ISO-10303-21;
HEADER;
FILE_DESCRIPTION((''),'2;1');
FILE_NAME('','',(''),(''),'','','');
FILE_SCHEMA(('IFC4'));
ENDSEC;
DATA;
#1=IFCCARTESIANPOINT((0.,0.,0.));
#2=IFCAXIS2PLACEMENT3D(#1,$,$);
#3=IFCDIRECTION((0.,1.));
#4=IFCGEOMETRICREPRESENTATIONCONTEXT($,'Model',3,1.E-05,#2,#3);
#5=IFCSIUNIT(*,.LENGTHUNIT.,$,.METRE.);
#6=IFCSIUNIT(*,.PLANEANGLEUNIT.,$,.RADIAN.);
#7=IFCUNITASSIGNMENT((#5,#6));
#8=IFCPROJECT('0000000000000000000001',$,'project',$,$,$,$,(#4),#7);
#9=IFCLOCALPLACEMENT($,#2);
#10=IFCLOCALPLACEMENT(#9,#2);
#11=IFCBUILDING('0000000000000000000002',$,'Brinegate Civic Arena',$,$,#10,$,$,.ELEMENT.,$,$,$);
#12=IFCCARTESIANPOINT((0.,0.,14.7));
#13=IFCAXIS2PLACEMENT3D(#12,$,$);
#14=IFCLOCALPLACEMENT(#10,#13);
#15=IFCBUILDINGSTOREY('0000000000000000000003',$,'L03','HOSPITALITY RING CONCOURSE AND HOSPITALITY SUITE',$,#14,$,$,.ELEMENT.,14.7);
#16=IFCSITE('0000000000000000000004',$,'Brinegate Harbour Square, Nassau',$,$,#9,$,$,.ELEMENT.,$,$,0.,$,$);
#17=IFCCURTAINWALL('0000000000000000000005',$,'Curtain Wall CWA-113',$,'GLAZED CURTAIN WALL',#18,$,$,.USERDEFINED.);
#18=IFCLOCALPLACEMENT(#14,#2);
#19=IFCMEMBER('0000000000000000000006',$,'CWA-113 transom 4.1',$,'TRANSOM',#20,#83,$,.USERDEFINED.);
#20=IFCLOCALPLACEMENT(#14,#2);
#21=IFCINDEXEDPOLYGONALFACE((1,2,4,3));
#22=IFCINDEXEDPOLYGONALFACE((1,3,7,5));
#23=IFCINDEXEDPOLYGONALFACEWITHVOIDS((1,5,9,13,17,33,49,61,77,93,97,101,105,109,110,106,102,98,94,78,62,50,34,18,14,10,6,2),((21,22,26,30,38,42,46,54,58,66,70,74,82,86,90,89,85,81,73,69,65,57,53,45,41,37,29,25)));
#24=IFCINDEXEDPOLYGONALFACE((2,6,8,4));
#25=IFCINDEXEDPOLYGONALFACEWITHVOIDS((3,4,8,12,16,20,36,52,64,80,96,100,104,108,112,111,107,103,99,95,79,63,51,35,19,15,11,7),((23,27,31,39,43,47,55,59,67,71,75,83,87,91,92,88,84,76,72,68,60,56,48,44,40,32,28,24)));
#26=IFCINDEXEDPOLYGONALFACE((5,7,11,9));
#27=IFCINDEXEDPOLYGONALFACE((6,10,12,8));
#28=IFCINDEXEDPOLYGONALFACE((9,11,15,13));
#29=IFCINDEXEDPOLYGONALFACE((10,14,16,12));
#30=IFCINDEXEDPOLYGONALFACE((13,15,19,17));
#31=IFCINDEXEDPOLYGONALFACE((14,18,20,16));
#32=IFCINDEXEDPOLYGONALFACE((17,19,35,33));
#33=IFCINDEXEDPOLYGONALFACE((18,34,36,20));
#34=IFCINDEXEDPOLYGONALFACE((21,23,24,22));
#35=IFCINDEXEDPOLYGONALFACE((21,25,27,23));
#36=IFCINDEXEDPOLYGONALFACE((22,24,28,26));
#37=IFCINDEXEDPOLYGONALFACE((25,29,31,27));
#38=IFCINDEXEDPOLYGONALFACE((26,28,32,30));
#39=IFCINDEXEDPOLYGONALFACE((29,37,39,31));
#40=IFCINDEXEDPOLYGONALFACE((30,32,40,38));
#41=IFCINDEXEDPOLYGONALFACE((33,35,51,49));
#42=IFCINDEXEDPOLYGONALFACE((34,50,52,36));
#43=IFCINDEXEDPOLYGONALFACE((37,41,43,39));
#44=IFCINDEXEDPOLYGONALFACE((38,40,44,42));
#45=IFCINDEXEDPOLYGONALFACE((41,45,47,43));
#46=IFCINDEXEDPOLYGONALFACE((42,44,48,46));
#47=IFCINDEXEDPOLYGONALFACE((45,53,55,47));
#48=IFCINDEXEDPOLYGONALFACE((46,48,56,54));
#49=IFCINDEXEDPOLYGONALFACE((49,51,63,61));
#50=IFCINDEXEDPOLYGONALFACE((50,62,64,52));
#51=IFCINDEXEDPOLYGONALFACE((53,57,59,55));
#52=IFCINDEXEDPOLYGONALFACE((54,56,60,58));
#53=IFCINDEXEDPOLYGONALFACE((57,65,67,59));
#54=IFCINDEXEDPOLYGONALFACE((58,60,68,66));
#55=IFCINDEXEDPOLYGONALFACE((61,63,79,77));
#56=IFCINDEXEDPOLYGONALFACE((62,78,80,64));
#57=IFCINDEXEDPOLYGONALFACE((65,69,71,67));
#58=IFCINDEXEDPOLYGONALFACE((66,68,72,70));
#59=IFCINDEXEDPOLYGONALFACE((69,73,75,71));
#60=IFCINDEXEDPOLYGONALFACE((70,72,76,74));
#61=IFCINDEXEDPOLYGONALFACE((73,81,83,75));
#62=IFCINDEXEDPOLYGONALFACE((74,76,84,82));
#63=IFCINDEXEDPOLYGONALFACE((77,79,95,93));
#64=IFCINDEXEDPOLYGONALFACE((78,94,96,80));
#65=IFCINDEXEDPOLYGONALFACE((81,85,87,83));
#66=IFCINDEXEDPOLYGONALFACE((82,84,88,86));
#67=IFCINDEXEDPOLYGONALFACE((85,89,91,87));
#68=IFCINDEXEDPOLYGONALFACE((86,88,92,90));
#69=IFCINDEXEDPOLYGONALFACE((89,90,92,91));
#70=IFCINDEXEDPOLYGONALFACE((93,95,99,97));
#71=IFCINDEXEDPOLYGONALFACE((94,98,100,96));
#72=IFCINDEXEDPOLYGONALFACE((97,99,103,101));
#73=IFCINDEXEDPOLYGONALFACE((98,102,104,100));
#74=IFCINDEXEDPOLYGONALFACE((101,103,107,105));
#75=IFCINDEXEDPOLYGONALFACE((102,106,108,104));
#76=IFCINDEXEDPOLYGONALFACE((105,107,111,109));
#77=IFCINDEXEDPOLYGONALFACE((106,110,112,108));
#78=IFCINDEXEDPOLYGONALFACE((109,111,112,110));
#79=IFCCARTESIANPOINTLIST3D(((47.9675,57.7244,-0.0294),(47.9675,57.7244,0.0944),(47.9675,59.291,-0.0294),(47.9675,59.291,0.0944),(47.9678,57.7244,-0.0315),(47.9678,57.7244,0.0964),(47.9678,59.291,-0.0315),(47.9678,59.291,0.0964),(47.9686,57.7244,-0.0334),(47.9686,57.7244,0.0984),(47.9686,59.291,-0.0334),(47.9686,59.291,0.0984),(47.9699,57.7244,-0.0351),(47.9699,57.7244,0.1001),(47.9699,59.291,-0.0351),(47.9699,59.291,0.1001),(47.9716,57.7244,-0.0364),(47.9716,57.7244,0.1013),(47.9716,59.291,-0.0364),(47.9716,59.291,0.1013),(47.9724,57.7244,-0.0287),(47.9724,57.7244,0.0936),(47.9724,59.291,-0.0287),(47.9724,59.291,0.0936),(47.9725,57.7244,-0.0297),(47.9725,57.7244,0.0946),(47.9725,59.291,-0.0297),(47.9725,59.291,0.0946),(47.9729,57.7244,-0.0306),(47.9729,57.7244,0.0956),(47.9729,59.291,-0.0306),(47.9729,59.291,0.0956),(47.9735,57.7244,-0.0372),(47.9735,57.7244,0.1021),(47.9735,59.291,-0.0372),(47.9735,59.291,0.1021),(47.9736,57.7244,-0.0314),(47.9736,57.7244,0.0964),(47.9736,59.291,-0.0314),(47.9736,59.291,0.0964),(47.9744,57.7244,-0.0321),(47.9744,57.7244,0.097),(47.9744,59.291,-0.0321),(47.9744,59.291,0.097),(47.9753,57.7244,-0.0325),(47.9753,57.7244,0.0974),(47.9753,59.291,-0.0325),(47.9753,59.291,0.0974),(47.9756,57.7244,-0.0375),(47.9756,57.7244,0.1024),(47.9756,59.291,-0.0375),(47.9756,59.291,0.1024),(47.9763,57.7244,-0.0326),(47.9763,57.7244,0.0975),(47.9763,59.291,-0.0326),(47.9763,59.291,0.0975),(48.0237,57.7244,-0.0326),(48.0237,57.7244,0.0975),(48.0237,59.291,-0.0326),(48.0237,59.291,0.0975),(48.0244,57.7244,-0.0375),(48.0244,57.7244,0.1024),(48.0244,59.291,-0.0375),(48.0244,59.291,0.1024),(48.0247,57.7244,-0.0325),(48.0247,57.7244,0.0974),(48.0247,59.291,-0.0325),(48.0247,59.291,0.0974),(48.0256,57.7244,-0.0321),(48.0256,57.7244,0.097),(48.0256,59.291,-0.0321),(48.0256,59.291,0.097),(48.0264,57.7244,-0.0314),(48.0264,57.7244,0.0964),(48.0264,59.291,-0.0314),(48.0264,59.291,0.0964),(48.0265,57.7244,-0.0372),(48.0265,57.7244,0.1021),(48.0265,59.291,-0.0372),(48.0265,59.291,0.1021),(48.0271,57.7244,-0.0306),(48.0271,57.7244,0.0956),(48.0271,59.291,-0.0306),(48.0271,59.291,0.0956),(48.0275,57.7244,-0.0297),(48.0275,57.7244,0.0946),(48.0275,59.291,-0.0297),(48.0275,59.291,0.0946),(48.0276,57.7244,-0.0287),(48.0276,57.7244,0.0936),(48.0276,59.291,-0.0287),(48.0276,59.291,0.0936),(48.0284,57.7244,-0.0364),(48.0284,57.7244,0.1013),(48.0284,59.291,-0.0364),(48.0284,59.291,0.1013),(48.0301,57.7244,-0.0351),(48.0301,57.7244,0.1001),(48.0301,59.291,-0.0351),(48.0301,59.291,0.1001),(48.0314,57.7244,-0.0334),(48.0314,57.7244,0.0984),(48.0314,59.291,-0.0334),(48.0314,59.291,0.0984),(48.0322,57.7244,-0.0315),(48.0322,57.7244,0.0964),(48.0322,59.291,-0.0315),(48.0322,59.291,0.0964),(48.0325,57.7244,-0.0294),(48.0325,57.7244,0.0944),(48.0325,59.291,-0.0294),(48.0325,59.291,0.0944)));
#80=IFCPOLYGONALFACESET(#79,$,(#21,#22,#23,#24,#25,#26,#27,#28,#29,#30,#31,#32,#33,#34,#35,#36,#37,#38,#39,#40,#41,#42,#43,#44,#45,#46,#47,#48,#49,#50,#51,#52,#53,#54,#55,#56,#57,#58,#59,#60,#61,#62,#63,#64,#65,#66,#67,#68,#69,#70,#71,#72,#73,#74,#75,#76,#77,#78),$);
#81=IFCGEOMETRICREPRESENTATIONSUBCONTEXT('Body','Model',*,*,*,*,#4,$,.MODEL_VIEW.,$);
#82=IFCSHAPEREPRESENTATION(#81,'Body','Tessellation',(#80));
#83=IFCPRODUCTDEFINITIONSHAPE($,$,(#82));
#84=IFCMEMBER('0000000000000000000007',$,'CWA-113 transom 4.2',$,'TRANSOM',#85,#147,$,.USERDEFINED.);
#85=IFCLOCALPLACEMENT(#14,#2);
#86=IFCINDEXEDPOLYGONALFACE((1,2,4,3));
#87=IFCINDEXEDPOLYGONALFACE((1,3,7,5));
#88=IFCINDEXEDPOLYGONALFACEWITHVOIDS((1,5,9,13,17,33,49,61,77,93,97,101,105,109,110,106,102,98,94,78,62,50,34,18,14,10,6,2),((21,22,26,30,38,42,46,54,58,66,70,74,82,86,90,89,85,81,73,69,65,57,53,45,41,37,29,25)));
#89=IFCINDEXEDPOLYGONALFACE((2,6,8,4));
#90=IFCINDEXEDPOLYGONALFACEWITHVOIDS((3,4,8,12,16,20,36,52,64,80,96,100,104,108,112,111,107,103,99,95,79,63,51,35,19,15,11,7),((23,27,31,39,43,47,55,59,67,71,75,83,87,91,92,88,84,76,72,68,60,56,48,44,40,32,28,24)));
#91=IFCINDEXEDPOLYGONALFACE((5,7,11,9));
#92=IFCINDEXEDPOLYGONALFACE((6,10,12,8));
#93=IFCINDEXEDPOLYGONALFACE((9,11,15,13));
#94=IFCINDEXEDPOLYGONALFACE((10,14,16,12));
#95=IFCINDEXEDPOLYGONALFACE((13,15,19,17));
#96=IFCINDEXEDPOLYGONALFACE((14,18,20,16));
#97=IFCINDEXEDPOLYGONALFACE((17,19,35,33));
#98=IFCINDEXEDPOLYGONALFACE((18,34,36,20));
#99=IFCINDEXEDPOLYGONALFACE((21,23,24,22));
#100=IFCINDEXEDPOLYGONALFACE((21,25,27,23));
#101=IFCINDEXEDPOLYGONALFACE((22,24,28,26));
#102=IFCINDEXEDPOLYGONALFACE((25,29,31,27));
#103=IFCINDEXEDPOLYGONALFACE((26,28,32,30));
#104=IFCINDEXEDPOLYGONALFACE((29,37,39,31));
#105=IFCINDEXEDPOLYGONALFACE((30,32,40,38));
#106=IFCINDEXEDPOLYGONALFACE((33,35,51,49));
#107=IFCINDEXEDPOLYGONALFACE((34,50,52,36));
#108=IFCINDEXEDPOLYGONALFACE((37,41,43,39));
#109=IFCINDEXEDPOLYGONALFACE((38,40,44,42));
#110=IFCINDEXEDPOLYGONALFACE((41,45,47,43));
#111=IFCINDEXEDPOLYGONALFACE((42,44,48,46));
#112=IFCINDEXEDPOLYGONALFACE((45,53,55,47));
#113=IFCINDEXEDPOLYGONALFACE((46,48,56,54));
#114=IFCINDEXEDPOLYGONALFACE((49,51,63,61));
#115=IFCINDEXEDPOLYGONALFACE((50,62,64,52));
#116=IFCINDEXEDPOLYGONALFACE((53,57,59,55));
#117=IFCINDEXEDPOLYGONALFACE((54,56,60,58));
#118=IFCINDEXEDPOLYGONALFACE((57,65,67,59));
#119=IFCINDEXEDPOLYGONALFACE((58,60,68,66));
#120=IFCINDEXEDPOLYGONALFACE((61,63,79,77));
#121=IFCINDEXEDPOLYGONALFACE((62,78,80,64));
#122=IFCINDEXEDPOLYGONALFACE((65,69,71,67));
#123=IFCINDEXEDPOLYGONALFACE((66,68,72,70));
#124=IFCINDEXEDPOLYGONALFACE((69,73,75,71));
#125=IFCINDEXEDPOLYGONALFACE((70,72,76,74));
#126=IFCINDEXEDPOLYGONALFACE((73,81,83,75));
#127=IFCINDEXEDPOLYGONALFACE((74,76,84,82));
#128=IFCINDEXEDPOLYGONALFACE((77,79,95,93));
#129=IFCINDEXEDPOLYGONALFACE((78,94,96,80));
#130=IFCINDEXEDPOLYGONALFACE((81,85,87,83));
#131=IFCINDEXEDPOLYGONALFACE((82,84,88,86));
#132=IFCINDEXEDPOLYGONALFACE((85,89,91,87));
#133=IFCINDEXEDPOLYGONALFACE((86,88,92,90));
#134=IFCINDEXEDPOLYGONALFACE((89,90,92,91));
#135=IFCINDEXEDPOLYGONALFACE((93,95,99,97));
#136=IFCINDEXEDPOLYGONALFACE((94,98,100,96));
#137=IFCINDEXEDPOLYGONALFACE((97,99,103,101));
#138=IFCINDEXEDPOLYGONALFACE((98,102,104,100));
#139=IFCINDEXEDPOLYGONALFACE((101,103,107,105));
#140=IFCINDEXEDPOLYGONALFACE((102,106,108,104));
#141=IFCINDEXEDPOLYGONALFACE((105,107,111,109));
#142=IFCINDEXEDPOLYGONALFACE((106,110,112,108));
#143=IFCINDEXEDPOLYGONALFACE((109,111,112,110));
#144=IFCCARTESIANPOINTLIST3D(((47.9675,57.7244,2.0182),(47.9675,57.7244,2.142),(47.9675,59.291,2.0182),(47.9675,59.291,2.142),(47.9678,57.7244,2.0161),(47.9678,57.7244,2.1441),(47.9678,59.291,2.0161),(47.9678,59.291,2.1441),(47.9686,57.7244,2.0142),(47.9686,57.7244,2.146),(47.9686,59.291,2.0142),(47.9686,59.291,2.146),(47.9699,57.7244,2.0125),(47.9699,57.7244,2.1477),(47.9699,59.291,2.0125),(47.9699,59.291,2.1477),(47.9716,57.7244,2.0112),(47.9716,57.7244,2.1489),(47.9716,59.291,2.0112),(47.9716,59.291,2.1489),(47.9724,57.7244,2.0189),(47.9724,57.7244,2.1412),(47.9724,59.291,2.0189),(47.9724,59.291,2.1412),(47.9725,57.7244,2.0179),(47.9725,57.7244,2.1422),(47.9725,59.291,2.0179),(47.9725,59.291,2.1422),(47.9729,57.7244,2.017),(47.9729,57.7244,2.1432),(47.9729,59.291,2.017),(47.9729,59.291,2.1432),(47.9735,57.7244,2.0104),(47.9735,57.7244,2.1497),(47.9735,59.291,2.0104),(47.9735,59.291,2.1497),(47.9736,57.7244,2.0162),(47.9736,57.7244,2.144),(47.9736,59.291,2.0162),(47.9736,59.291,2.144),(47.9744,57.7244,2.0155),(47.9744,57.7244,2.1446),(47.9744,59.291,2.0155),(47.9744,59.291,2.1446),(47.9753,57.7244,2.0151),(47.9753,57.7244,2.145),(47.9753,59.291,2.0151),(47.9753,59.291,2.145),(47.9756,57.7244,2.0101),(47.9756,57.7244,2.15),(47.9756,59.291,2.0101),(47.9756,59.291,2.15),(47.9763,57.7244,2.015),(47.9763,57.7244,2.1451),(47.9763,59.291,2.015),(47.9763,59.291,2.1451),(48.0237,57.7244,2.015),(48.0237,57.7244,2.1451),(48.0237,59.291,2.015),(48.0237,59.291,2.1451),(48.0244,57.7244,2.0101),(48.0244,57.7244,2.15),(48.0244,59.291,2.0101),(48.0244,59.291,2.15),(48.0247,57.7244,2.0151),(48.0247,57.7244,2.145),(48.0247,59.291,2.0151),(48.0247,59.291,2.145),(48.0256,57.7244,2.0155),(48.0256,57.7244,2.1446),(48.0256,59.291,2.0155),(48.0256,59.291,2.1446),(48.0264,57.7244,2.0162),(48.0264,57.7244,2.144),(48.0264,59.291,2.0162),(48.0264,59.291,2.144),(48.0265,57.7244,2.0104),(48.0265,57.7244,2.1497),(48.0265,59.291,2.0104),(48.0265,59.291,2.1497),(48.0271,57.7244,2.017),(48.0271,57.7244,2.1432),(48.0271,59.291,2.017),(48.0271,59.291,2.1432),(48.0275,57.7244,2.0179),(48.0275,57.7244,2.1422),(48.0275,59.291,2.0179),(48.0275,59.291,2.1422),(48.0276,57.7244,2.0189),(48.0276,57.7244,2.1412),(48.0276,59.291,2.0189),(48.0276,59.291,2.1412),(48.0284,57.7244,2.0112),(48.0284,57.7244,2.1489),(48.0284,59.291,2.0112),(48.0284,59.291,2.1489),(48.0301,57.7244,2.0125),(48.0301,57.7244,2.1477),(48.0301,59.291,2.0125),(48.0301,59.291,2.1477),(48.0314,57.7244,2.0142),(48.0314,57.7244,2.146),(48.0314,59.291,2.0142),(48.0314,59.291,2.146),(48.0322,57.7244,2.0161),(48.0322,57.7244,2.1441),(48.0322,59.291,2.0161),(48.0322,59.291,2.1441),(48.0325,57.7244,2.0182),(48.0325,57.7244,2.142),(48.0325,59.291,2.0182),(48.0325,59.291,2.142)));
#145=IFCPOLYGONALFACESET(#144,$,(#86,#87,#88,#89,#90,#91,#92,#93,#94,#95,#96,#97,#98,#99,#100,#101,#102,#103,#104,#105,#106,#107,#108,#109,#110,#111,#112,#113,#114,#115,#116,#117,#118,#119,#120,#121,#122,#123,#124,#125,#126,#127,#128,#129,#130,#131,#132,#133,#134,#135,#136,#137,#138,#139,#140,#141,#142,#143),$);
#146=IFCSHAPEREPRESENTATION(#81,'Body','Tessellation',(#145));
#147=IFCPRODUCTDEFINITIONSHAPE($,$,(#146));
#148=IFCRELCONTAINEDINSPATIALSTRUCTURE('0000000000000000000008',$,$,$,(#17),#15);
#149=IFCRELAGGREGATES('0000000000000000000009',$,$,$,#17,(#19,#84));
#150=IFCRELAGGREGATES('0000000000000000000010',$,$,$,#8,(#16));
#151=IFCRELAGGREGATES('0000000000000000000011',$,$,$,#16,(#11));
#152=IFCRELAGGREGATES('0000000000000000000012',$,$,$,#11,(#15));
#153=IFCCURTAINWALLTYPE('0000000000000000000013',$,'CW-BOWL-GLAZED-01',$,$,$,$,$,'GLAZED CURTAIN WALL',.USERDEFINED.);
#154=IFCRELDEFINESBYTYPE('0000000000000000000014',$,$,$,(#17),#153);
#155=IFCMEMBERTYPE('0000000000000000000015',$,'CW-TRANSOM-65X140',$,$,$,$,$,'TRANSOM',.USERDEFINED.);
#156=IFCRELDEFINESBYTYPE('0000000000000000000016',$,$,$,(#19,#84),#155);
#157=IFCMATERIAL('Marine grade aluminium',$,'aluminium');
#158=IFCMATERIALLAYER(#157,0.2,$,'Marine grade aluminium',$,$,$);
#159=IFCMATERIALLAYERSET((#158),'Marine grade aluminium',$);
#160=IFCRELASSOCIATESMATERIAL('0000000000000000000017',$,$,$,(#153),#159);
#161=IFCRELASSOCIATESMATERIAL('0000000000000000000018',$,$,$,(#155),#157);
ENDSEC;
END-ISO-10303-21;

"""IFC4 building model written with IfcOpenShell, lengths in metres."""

from ifc_helpers import new_model, si_unit, direction, frame, origin, origin_2d, place, context, subcontext, project, spatial, hollow_rectangle, extrude, material, layer, layer_set, material_profile, profile_set, type_object, element, aggregate, save


model = new_model("IFC4")

# Units and contexts
model_context = context("Model", 3, precision=1e-05, world=origin(), true_north=direction((0.0, 1.0)))
body_context = subcontext(model_context, "Body", "Model", "MODEL_VIEW")
ifc_project = project(units=[si_unit("LENGTHUNIT", "METRE"), si_unit("PLANEANGLEUNIT", "RADIAN")], contexts=[model_context])

# Site, building, storey
site_placement = place(None, origin())
site = spatial("IfcSite", under=ifc_project, at=site_placement, Name="Brinegate Harbour Square, Nassau", CompositionType="ELEMENT", RefElevation=0.0)
building_placement = place(site_placement, origin())
building = spatial("IfcBuilding", under=site, at=building_placement, Name="Brinegate Civic Arena", CompositionType="ELEMENT")
storey_placement = place(building_placement, frame((0.0, 0.0, 14.7)))
storey = spatial("IfcBuildingStorey", under=building, at=storey_placement, Name="L03", Description="HOSPITALITY RING CONCOURSE AND HOSPITALITY SUITE", CompositionType="ELEMENT", Elevation=14.7)

# Curtain wall
ifc_material_1 = material(Name="Marine grade aluminium", Category="aluminium")
ifc_layer_1 = layer(ifc_material_1, 0.2, Name="Marine grade aluminium")
ifc_layer_set_1 = layer_set([ifc_layer_1], Name="Marine grade aluminium")
curtain_wall_type = type_object("IfcCurtainWallType", Name="CW-BOWL-GLAZED-01", ElementType="GLAZED CURTAIN WALL", PredefinedType="USERDEFINED", material=ifc_layer_set_1)
curtain_wall_1_placement = place(storey_placement, origin())
curtain_wall_1 = element("IfcCurtainWall", 1, at=curtain_wall_1_placement, inside=storey, type_object=curtain_wall_type, Name="Curtain Wall CWA-113", ObjectType="GLAZED CURTAIN WALL", PredefinedType="USERDEFINED")

# Members
ifc_material_profile_1 = material_profile(ifc_material_1, hollow_rectangle(XDim=0.0649, YDim=0.1399, WallThickness=0.0049, InnerFilletRadius=0.0039, OuterFilletRadius=0.0081, at=origin_2d()), Name="TRN65X140")
ifc_profile_set_1 = profile_set([ifc_material_profile_1], Name="Marine grade aluminium")
member_type_1 = type_object("IfcMemberType", Name="CW-TRANSOM-65X140", ElementType="TRANSOM", PredefinedType="USERDEFINED", material=ifc_profile_set_1)
member_1_placement = place(storey_placement, frame((48.0, 57.7244, 0.0325), z_axis=(0.0, 1.0, 0.0), x_axis=(-1.0, 0.0, 0.0)))
member_1 = element("IfcMember", 2, at=member_1_placement, type_object=member_type_1, Name="CWA-113 transom 4.1", ObjectType="TRANSOM", PredefinedType="USERDEFINED", context=body_context, shape_type="SweptSolid", body=[
    extrude(hollow_rectangle(XDim=0.0649, YDim=0.1399, WallThickness=0.0049, InnerFilletRadius=0.0039, OuterFilletRadius=0.0081, at=origin_2d()), origin(), (0.0, 0.0, 1.0), 1.5667),
])
member_2_placement = place(storey_placement, frame((48.0, 57.7244, 2.0801), z_axis=(0.0, 1.0, 0.0), x_axis=(-1.0, 0.0, 0.0)))
member_2 = element("IfcMember", 3, at=member_2_placement, type_object=member_type_1, Name="CWA-113 transom 4.2", ObjectType="TRANSOM", PredefinedType="USERDEFINED", context=body_context, shape_type="SweptSolid", body=[
    extrude(hollow_rectangle(XDim=0.0649, YDim=0.1399, WallThickness=0.0049, InnerFilletRadius=0.0039, OuterFilletRadius=0.0081, at=origin_2d()), origin(), (0.0, 0.0, 1.0), 1.5667),
])

aggregate(curtain_wall_1, [member_1, member_2])

save(model, "model.ifc")
